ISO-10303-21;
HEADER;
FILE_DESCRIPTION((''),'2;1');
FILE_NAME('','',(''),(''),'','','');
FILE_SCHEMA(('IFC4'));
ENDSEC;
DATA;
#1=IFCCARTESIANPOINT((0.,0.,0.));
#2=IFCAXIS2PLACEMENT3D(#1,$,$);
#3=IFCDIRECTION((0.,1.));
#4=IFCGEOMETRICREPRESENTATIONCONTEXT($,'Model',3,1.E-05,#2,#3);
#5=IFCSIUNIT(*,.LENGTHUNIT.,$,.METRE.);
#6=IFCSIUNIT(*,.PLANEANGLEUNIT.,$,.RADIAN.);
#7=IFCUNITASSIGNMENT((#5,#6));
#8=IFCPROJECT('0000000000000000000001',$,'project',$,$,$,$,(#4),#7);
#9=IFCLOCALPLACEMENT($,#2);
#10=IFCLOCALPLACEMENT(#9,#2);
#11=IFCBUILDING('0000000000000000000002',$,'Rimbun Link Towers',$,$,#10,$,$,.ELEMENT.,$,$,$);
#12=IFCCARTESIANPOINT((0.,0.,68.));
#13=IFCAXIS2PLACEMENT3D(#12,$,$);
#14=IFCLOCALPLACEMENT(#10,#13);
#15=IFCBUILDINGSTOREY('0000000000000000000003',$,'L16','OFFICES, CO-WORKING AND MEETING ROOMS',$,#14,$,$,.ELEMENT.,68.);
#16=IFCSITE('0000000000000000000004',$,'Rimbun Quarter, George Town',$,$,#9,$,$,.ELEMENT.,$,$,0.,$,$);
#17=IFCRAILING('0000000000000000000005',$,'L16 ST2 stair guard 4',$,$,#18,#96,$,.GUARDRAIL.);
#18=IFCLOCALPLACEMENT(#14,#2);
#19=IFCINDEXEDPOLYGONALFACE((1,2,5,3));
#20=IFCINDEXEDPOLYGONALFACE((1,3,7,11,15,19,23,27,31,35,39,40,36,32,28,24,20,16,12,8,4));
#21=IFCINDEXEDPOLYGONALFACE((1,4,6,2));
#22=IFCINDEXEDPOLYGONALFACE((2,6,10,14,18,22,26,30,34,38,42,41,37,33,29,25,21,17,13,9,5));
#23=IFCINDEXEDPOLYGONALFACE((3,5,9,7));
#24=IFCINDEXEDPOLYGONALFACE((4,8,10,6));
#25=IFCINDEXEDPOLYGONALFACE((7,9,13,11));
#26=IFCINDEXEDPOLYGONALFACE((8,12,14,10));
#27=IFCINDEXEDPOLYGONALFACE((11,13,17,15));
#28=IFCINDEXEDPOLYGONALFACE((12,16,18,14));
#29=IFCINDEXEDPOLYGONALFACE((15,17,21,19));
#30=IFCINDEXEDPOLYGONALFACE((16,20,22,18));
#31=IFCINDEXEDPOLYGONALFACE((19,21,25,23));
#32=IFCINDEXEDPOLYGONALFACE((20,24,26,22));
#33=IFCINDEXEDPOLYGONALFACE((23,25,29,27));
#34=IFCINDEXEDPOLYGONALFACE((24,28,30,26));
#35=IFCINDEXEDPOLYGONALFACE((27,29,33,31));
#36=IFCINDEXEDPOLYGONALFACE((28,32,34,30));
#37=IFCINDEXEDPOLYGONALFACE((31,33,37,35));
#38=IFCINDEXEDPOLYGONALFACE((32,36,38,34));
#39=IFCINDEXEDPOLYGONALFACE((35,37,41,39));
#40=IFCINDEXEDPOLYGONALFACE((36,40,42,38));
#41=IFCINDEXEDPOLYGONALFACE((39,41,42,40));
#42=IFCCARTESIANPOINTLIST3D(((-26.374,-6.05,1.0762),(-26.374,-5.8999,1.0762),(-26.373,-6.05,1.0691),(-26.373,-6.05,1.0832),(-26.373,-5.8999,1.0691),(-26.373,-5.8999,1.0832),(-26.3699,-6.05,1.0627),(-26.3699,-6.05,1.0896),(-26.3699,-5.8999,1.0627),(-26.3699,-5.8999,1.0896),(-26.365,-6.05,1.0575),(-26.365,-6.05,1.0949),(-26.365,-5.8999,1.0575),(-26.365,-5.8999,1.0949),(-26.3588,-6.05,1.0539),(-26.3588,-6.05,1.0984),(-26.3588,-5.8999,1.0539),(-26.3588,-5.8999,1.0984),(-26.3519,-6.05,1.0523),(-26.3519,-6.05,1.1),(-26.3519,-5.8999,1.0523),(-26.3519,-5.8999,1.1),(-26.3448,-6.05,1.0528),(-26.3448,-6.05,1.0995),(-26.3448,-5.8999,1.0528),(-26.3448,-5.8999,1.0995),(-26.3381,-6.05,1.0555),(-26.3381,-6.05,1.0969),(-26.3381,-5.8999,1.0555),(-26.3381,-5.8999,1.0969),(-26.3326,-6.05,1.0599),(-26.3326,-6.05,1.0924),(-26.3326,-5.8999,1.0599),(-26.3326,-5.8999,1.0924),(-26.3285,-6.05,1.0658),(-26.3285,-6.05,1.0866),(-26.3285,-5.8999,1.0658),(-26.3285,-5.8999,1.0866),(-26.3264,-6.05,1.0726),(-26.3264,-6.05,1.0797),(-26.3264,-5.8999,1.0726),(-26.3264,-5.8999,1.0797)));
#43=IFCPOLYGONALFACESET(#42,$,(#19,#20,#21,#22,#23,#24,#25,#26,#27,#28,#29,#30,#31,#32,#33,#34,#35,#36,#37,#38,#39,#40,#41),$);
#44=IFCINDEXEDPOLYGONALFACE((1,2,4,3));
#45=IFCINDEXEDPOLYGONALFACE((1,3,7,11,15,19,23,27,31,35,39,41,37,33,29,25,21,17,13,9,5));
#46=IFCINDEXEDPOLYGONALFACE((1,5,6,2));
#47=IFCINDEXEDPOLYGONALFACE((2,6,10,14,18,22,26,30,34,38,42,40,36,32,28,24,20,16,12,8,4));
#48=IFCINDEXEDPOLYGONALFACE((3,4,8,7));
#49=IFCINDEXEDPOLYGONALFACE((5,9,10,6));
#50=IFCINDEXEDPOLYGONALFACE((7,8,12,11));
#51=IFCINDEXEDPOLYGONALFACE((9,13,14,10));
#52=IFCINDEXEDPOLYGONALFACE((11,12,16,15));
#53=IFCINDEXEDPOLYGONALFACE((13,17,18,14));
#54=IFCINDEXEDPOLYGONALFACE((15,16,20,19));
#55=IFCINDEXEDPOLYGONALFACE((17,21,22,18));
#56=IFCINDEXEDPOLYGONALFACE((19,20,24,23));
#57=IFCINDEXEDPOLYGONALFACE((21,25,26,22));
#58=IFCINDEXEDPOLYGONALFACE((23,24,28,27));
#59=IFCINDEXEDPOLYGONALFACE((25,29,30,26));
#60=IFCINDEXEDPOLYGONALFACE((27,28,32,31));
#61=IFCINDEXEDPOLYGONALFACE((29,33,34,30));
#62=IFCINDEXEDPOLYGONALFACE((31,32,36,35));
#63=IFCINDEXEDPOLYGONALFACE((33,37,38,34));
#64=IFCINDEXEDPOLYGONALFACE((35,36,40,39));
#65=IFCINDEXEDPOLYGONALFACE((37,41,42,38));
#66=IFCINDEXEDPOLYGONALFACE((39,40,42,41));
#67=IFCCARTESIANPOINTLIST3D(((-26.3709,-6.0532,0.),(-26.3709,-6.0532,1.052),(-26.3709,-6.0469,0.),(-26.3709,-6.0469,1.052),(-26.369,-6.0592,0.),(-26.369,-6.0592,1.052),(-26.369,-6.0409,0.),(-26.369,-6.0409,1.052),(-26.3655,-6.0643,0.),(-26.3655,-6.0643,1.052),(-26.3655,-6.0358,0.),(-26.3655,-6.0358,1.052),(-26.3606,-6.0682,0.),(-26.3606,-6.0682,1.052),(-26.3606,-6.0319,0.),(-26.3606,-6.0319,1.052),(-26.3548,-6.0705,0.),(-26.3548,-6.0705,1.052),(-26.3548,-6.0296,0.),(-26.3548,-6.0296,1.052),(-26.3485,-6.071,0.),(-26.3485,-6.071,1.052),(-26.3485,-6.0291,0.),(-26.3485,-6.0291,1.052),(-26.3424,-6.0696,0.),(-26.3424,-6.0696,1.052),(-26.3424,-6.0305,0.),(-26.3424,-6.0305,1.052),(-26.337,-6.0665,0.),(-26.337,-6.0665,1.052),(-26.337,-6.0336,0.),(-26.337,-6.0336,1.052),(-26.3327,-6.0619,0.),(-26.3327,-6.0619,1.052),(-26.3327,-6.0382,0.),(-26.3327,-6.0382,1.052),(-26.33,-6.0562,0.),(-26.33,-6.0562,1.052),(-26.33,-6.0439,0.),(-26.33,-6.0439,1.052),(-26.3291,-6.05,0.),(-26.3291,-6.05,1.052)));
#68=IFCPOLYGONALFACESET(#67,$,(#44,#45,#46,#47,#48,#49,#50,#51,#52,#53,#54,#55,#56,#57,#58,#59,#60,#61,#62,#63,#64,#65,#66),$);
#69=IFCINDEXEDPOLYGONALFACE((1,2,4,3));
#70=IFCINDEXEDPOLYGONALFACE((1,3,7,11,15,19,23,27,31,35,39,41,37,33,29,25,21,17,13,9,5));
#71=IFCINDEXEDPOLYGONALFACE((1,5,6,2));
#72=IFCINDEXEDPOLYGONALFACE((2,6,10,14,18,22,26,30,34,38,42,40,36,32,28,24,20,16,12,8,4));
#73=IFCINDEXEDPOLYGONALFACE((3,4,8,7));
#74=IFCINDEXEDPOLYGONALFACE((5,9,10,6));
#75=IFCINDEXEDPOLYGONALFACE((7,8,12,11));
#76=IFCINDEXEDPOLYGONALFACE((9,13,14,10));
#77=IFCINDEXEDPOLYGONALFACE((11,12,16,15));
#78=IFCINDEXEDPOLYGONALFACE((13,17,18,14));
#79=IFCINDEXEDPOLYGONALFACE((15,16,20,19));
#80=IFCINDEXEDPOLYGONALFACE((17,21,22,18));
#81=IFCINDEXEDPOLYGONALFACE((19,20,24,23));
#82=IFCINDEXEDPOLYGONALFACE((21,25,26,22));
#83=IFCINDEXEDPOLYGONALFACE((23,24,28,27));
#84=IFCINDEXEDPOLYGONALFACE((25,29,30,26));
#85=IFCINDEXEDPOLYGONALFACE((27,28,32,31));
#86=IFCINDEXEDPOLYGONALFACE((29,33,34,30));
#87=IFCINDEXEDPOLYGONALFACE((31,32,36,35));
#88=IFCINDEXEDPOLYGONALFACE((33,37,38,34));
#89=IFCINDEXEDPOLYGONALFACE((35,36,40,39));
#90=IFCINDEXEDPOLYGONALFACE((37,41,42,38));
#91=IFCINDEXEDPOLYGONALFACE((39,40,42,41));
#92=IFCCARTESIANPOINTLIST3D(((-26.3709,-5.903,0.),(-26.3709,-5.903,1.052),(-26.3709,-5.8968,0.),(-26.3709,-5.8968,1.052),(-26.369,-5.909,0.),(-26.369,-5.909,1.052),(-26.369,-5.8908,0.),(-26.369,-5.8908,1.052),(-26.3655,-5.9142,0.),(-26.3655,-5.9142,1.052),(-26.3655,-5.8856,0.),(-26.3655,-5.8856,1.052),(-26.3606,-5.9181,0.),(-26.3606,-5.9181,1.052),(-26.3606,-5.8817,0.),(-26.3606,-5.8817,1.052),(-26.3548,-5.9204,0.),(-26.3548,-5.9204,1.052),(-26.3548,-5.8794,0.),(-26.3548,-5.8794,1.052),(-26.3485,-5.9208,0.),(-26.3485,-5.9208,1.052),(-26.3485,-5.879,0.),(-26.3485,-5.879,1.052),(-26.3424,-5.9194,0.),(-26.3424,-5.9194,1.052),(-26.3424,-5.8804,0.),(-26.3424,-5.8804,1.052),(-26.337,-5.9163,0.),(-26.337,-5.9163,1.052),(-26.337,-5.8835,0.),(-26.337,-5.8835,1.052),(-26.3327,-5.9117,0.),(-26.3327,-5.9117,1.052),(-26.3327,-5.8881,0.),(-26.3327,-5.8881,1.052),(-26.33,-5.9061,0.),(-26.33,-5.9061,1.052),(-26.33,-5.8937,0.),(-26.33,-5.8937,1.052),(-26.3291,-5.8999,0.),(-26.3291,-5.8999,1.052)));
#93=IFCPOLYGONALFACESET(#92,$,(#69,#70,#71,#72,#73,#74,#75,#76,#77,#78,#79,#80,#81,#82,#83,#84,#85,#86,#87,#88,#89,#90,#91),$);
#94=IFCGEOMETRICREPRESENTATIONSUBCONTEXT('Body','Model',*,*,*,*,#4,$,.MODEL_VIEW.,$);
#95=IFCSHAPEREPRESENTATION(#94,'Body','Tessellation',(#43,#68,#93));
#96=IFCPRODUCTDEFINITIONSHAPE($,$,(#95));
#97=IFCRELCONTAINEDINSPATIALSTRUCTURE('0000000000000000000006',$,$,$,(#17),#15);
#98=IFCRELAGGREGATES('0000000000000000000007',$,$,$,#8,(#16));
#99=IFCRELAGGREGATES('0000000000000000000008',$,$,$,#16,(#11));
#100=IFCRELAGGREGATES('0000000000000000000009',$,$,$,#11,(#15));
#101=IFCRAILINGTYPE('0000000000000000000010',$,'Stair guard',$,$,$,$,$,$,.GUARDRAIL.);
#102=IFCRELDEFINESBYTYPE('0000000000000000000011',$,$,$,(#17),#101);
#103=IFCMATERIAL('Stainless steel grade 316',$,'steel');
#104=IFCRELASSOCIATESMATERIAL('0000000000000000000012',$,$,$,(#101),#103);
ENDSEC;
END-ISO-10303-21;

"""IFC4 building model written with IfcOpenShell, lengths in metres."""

from ifc_helpers import new_model, si_unit, direction, frame, origin, origin_2d, place, context, subcontext, project, spatial, circle, extrude, material, type_object, element, save


model = new_model("IFC4")

# Units and contexts
model_context = context("Model", 3, precision=1e-05, world=origin(), true_north=direction((0.0, 1.0)))
body_context = subcontext(model_context, "Body", "Model", "MODEL_VIEW")
ifc_project = project(units=[si_unit("LENGTHUNIT", "METRE"), si_unit("PLANEANGLEUNIT", "RADIAN")], contexts=[model_context])

# Site, building, storey
site_placement = place(None, origin())
site = spatial("IfcSite", under=ifc_project, at=site_placement, Name="Rimbun Quarter, George Town", CompositionType="ELEMENT", RefElevation=0.0)
building_placement = place(site_placement, origin())
building = spatial("IfcBuilding", under=site, at=building_placement, Name="Rimbun Link Towers", CompositionType="ELEMENT")
storey_placement = place(building_placement, frame((0.0, 0.0, 68.0)))
storey = spatial("IfcBuildingStorey", under=building, at=storey_placement, Name="L16", Description="OFFICES, CO-WORKING AND MEETING ROOMS", CompositionType="ELEMENT", Elevation=68.0)

# Railing
ifc_material_1 = material(Name="Stainless steel grade 316", Category="steel")
railing_type_1 = type_object("IfcRailingType", Name="Stair guard", PredefinedType="GUARDRAIL", material=ifc_material_1)
railing_1_placement = place(storey_placement, frame((-26.3501, -6.05, 0.0)))
element("IfcRailing", 1, at=railing_1_placement, inside=storey, type_object=railing_type_1, Name="L16 ST2 stair guard 4", PredefinedType="GUARDRAIL", context=body_context, shape_type="SweptSolid", body=[
    extrude(circle(Radius=0.0239, at=origin_2d()), frame((0.0, 0.0, 1.0762), z_axis=(0.0, 1.0, 0.0), x_axis=(-1.0, 0.0, 0.0)), (0.0, 0.0, 1.0), 0.1501),
    extrude(circle(Radius=0.021, at=origin_2d()), origin(), (0.0, 0.0, 1.0), 1.052),
    extrude(circle(Radius=0.021, at=origin_2d()), frame((0.0, 0.1501, 0.0)), (0.0, 0.0, 1.0), 1.052),
])

save(model, "model.ifc")
